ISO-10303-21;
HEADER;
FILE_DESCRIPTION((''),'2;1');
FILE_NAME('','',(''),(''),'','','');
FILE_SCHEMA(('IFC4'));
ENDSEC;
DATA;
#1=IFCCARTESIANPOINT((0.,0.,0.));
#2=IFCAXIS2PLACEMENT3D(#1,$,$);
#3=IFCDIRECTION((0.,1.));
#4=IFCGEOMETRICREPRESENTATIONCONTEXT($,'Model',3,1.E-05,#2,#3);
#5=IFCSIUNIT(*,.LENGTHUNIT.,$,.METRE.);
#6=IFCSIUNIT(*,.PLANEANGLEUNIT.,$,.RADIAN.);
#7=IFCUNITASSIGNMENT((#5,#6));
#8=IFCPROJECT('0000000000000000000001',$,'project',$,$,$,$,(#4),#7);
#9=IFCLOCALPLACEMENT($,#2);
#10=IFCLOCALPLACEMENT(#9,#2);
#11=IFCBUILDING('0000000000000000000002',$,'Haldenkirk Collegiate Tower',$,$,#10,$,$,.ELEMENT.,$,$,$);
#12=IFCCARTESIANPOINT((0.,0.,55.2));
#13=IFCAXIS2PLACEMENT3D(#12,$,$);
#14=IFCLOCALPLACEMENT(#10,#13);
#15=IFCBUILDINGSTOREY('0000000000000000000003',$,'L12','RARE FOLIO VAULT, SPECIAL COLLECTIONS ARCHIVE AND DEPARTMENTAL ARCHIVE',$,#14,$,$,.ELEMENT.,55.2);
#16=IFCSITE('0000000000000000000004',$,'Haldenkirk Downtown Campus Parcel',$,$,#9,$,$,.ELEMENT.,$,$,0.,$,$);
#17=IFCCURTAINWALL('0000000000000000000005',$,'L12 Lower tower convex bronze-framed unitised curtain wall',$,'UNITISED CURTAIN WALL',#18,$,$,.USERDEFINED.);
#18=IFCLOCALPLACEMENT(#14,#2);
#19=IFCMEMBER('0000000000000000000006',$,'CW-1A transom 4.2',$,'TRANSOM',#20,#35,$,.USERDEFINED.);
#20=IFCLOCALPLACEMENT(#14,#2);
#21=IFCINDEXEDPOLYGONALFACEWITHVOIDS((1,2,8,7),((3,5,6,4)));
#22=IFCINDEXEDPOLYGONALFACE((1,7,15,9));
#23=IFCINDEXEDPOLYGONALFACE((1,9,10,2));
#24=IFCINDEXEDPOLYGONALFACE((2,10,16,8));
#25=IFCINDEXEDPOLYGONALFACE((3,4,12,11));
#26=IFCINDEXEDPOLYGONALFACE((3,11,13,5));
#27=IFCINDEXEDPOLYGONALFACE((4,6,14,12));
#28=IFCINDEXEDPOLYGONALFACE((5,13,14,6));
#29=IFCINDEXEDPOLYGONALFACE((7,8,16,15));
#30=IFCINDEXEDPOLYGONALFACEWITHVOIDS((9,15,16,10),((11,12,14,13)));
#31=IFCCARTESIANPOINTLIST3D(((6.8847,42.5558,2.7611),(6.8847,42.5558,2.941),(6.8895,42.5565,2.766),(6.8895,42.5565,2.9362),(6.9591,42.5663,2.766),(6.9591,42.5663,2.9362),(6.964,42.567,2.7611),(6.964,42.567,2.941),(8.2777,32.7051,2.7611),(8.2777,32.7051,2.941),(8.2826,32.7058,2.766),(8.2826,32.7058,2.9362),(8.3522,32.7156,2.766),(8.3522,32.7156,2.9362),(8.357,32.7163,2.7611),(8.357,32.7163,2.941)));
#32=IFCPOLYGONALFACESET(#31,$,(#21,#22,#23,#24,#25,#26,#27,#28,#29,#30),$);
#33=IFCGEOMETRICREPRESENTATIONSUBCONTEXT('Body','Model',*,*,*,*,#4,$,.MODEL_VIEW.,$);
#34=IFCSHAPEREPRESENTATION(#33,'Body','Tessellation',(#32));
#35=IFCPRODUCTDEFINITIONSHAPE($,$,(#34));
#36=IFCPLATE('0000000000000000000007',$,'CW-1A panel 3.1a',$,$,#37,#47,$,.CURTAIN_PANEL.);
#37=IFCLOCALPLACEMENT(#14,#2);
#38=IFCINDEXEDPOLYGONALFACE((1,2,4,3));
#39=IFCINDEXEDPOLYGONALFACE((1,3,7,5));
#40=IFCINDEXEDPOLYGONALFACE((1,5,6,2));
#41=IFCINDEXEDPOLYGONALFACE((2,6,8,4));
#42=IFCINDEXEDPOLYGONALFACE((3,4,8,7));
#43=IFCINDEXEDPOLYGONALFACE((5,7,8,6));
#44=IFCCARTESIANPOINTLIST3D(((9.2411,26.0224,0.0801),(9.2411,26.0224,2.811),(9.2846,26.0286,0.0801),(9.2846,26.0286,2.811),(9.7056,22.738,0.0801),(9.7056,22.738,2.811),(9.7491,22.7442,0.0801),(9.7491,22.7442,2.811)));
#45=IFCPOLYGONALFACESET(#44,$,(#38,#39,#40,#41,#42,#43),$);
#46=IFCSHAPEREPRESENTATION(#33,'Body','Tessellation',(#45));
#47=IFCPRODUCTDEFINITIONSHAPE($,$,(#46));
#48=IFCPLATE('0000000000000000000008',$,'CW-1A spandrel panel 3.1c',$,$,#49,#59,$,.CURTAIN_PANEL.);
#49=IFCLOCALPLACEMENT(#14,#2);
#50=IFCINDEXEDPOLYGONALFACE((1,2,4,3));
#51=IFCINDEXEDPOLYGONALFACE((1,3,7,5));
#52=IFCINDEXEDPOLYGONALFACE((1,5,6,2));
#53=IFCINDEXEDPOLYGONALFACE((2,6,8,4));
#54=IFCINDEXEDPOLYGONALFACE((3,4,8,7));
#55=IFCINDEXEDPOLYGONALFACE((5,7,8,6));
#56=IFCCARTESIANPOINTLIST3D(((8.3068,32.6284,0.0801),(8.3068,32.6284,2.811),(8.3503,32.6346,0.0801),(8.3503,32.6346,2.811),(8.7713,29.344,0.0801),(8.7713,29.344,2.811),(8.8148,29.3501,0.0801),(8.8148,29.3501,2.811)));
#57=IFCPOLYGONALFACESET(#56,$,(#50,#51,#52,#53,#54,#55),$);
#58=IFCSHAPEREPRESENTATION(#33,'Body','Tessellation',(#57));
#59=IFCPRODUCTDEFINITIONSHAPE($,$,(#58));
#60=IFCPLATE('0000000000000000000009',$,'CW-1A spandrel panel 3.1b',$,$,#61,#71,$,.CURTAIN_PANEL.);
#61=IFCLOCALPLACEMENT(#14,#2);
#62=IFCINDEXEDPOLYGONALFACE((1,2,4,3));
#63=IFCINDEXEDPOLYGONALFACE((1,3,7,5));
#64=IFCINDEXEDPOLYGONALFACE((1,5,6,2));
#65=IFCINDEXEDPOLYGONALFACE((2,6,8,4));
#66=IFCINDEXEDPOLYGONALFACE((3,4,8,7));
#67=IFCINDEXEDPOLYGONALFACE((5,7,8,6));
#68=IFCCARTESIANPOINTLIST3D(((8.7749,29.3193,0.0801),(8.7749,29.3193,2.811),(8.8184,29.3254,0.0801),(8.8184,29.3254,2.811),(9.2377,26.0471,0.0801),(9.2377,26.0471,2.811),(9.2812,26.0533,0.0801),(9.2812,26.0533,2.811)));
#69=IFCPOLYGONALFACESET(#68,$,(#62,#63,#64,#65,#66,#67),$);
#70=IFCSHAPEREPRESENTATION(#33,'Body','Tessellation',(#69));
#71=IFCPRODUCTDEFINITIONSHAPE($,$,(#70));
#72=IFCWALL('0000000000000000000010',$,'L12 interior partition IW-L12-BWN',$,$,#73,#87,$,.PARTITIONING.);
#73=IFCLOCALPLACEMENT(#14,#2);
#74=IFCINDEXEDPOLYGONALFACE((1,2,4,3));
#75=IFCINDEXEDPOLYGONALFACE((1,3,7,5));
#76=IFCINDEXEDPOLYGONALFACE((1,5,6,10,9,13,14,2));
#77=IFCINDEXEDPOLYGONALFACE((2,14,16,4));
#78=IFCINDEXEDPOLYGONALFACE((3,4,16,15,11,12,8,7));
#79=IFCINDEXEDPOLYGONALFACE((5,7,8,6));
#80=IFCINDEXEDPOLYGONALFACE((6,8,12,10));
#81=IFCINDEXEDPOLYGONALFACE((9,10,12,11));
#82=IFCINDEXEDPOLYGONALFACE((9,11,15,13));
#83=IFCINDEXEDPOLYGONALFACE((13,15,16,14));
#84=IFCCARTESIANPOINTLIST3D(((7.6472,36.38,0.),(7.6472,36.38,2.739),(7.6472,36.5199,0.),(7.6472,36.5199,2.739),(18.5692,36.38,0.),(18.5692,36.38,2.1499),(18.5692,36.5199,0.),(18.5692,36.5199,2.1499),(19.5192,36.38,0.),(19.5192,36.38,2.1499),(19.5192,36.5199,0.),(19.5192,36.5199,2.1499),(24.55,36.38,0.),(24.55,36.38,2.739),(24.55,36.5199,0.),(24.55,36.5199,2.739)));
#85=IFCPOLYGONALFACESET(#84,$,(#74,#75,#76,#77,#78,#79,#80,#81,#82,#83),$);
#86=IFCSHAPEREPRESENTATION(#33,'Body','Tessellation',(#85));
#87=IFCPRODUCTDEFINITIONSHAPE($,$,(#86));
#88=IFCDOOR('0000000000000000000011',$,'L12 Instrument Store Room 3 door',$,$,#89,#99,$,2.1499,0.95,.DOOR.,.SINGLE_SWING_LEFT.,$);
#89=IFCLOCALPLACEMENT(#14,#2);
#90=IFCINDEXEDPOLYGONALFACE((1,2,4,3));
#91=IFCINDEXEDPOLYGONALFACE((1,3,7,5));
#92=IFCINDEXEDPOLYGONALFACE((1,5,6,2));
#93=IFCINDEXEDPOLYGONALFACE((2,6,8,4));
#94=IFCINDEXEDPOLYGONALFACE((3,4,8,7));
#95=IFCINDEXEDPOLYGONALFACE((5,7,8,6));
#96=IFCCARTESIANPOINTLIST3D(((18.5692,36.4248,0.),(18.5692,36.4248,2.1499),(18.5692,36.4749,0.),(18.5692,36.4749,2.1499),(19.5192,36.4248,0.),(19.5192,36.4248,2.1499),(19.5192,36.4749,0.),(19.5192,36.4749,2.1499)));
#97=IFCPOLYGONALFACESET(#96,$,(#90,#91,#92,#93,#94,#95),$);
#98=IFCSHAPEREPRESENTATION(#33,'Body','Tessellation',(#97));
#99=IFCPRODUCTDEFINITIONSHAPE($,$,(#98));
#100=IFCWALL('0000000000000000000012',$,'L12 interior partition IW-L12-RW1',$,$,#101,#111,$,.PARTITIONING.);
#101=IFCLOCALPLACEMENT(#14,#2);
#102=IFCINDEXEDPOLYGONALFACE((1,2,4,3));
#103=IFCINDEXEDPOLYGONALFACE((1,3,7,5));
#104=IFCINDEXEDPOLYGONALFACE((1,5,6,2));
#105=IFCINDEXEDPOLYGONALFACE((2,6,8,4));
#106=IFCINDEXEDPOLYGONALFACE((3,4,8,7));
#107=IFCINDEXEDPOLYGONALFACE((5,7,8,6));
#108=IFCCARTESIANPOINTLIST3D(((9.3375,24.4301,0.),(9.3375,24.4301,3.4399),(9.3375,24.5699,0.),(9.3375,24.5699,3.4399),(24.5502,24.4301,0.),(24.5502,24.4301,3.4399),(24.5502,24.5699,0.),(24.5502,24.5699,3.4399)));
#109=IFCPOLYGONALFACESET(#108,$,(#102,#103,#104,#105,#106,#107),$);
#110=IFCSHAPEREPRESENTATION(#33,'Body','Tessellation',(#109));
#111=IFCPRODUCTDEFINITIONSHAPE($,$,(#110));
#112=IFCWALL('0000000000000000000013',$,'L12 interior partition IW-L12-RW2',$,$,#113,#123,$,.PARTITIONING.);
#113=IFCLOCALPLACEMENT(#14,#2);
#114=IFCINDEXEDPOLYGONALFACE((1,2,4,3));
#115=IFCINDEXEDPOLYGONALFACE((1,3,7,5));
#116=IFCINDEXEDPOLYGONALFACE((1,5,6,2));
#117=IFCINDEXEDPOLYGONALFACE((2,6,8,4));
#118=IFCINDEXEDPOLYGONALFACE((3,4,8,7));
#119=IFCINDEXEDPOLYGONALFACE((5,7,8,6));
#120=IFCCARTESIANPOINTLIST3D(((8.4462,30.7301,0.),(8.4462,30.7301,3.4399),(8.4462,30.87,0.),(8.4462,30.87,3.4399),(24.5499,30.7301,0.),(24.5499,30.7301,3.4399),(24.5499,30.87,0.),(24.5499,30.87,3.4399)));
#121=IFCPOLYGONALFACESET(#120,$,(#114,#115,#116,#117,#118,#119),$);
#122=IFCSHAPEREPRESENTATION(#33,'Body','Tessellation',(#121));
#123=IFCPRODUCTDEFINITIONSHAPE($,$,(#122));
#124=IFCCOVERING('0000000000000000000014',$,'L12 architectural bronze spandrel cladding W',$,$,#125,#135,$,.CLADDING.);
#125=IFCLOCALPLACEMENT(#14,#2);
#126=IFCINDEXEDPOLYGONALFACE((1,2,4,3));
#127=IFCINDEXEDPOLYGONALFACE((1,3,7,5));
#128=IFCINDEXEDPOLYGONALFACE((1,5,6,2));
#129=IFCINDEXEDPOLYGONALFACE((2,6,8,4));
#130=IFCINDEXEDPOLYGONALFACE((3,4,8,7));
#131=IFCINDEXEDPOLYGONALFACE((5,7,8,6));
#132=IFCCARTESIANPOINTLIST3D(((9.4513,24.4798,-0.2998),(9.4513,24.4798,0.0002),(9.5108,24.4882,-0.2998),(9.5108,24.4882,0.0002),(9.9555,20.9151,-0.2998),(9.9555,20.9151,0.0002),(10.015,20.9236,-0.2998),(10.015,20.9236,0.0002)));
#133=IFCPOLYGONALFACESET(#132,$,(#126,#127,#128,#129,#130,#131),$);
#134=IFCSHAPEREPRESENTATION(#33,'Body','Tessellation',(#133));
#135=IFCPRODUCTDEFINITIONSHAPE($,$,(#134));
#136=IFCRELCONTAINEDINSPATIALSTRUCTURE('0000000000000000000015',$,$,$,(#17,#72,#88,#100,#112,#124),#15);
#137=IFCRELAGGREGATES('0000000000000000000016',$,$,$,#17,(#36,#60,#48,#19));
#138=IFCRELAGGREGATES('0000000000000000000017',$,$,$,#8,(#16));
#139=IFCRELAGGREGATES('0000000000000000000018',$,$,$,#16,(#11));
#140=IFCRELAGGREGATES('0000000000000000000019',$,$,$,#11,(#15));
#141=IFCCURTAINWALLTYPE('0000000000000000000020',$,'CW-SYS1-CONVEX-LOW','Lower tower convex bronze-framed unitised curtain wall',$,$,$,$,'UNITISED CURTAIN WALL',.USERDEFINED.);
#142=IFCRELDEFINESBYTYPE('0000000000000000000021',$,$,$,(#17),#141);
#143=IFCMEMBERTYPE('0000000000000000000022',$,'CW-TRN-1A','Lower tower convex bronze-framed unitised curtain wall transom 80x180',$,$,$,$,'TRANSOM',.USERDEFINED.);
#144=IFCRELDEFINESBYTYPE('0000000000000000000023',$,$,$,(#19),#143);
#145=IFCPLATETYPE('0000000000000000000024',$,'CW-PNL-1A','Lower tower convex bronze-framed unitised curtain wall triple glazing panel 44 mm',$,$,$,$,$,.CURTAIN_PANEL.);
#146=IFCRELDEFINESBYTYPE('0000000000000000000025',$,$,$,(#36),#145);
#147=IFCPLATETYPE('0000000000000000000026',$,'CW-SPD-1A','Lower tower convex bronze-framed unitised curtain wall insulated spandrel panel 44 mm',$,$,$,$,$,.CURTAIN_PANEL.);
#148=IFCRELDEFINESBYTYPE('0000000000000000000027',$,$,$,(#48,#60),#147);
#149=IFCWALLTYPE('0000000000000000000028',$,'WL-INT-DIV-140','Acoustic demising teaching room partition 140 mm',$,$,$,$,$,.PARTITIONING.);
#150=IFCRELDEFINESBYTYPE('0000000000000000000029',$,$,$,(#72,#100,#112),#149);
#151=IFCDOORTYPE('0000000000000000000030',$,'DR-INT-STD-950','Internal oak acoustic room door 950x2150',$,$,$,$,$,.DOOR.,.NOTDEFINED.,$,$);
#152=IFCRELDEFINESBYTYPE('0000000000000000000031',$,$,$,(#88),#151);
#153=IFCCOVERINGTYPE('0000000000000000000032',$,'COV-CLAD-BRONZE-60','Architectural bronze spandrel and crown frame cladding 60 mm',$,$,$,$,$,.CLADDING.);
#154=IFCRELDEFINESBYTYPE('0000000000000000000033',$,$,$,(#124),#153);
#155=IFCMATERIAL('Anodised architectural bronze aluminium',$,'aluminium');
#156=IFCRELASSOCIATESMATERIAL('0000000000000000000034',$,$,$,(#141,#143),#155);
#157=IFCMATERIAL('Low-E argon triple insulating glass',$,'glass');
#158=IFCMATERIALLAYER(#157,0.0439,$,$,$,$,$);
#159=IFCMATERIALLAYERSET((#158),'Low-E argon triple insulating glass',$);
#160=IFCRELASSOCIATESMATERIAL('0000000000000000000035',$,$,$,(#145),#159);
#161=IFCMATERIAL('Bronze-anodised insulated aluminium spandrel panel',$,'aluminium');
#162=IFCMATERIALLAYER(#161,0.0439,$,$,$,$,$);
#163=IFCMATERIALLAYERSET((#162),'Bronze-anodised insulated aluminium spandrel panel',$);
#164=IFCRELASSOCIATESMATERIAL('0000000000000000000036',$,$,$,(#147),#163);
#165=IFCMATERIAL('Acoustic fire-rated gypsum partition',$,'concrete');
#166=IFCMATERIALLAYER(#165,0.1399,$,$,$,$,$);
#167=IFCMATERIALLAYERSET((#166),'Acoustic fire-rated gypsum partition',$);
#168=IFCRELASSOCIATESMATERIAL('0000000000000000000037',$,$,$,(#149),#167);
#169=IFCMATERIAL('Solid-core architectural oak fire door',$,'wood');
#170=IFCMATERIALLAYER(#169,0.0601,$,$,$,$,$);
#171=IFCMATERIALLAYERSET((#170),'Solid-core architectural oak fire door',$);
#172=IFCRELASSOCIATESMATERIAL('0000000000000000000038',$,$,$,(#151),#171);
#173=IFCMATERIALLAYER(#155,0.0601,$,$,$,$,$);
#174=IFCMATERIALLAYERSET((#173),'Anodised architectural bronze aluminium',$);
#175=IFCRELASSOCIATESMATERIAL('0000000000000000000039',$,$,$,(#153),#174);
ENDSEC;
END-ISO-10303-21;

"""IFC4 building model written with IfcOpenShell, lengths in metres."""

from ifc_helpers import new_model, si_unit, direction, frame, frame_2d, origin, origin_2d, place, context, subcontext, project, spatial, rectangle, hollow_rectangle, extrude, source, transform, mapped, material, layer, layer_set, material_profile, profile_set, type_object, element, fill, aggregate, save


model = new_model("IFC4")

# Units and contexts
model_context = context("Model", 3, precision=1e-05, world=origin(), true_north=direction((0.0, 1.0)))
body_context = subcontext(model_context, "Body", "Model", "MODEL_VIEW")
ifc_project = project(units=[si_unit("LENGTHUNIT", "METRE"), si_unit("PLANEANGLEUNIT", "RADIAN")], contexts=[model_context])

# Site, building, storey
site_placement = place(None, origin())
site = spatial("IfcSite", under=ifc_project, at=site_placement, Name="Haldenkirk Downtown Campus Parcel", CompositionType="ELEMENT", RefElevation=0.0)
building_placement = place(site_placement, origin())
building = spatial("IfcBuilding", under=site, at=building_placement, Name="Haldenkirk Collegiate Tower", CompositionType="ELEMENT")
storey_placement = place(building_placement, frame((0.0, 0.0, 55.2)))
storey = spatial("IfcBuildingStorey", under=building, at=storey_placement, Name="L12", Description="RARE FOLIO VAULT, SPECIAL COLLECTIONS ARCHIVE AND DEPARTMENTAL ARCHIVE", CompositionType="ELEMENT", Elevation=55.2)

# Curtain wall, member, plates
ifc_material_1 = material(Name="Anodised architectural bronze aluminium", Category="aluminium")
curtain_wall_type = type_object("IfcCurtainWallType", Name="CW-SYS1-CONVEX-LOW", Description="Lower tower convex bronze-framed unitised curtain wall", ElementType="UNITISED CURTAIN WALL", PredefinedType="USERDEFINED", material=ifc_material_1)
curtain_wall_placement = place(storey_placement, origin())
curtain_wall = element("IfcCurtainWall", 1, at=curtain_wall_placement, inside=storey, type_object=curtain_wall_type, Name="L12 Lower tower convex bronze-framed unitised curtain wall", ObjectType="UNITISED CURTAIN WALL", PredefinedType="USERDEFINED")
ifc_material_profile_1 = material_profile(ifc_material_1, hollow_rectangle(XDim=0.0801, YDim=0.1799, WallThickness=0.0049, at=origin_2d()), Name="CW-TRN-1A")
ifc_profile_set_1 = profile_set([ifc_material_profile_1], Name="Anodised architectural bronze aluminium")
member_type_1 = type_object("IfcMemberType", Name="CW-TRN-1A", Description="Lower tower convex bronze-framed unitised curtain wall transom 80x180", ElementType="TRANSOM", PredefinedType="USERDEFINED", material=ifc_profile_set_1)
member_1_placement = place(storey_placement, frame((8.3174, 32.7107, 2.8511), z_axis=(-0.140023, 0.990148, 0.0), x_axis=(-0.990148, -0.140023, 0.0)))
member_1 = element("IfcMember", 2, at=member_1_placement, type_object=member_type_1, Name="CW-1A transom 4.2", ObjectType="TRANSOM", PredefinedType="USERDEFINED", context=body_context, shape_type="SweptSolid", body=[
    extrude(hollow_rectangle(XDim=0.0801, YDim=0.1799, WallThickness=0.0049, at=origin_2d()), origin(), (0.0, 0.0, 1.0), 9.9487),
])
ifc_material_2 = material(Name="Low-E argon triple insulating glass", Category="glass")
ifc_layer_1 = layer(ifc_material_2, 0.0439)
ifc_layer_set_1 = layer_set([ifc_layer_1], Name="Low-E argon triple insulating glass")
plate_type_1 = type_object("IfcPlateType", Name="CW-PNL-1A", Description="Lower tower convex bronze-framed unitised curtain wall triple glazing panel 44 mm", PredefinedType="CURTAIN_PANEL", material=ifc_layer_set_1)
shared_shape_1 = source(origin(), body_context, "Body", "SweptSolid", [
    extrude(rectangle(XDim=3.3171, YDim=0.0439, at=origin_2d()), origin(), (0.0, 0.0, 1.0), 2.731),
])
plate_1_placement = place(storey_placement, frame((9.4951, 24.3833, 0.0801), z_axis=(0.0, 0.0, 1.0), x_axis=(-0.140039, 0.990146, 0.0)))
plate_1 = element("IfcPlate", 3, at=plate_1_placement, type_object=plate_type_1, Name="CW-1A panel 3.1a", PredefinedType="CURTAIN_PANEL", context=body_context, shape_type="MappedRepresentation", body=[
    mapped(shared_shape_1, transform((0.0, 0.0, 0.0), x_axis=(1.0, 0.0, 0.0), y_axis=(0.0, 1.0, 0.0), z_axis=(0.0, 0.0, 1.0), scale=1.0)),
])
ifc_material_3 = material(Name="Bronze-anodised insulated aluminium spandrel panel", Category="aluminium")
ifc_layer_2 = layer(ifc_material_3, 0.0439)
ifc_layer_set_2 = layer_set([ifc_layer_2], Name="Bronze-anodised insulated aluminium spandrel panel")
plate_type_2 = type_object("IfcPlateType", Name="CW-SPD-1A", Description="Lower tower convex bronze-framed unitised curtain wall insulated spandrel panel 44 mm", PredefinedType="CURTAIN_PANEL", material=ifc_layer_set_2)
plate_2_placement = place(storey_placement, frame((8.5608, 30.9893, 0.0801), z_axis=(0.0, 0.0, 1.0), x_axis=(-0.140039, 0.990146, 0.0)))
plate_2 = element("IfcPlate", 4, at=plate_2_placement, type_object=plate_type_2, Name="CW-1A spandrel panel 3.1c", PredefinedType="CURTAIN_PANEL", context=body_context, shape_type="MappedRepresentation", body=[
    mapped(shared_shape_1, transform((0.0, 0.0, 0.0), x_axis=(1.0, 0.0, 0.0), y_axis=(0.0, 1.0, 0.0), z_axis=(0.0, 0.0, 1.0), scale=1.0)),
])
shared_shape_2 = source(origin(), body_context, "Body", "SweptSolid", [
    extrude(rectangle(XDim=3.3047, YDim=0.0439, at=origin_2d()), origin(), (0.0, 0.0, 1.0), 2.731),
])
plate_3_placement = place(storey_placement, frame((9.0281, 27.6863, 0.0801), z_axis=(0.0, 0.0, 1.0), x_axis=(-0.140039, 0.990146, 0.0)))
plate_3 = element("IfcPlate", 5, at=plate_3_placement, type_object=plate_type_2, Name="CW-1A spandrel panel 3.1b", PredefinedType="CURTAIN_PANEL", context=body_context, shape_type="MappedRepresentation", body=[
    mapped(shared_shape_2, transform((0.0, 0.0, 0.0), x_axis=(1.0, 0.0, 0.0), y_axis=(0.0, 1.0, 0.0), z_axis=(0.0, 0.0, 1.0), scale=1.0)),
])
aggregate(curtain_wall, [plate_1, plate_3, plate_2, member_1])

# Wall, opening, door
ifc_material_4 = material(Name="Acoustic fire-rated gypsum partition", Category="concrete")
ifc_layer_3 = layer(ifc_material_4, 0.1399)
ifc_layer_set_3 = layer_set([ifc_layer_3], Name="Acoustic fire-rated gypsum partition")
wall_type = type_object("IfcWallType", Name="WL-INT-DIV-140", Description="Acoustic demising teaching room partition 140 mm", PredefinedType="PARTITIONING", material=ifc_layer_set_3)
wall_1_placement = place(storey_placement, frame((7.6472, 36.45, 0.0), z_axis=(0.0, 0.0, 1.0), x_axis=(1.0, 0.0, 0.0)))
wall_1 = element("IfcWall", 6, at=wall_1_placement, inside=storey, type_object=wall_type, Name="L12 interior partition IW-L12-BWN", PredefinedType="PARTITIONING", context=body_context, shape_type="SweptSolid", body=[
    extrude(rectangle(XDim=16.9028, YDim=0.1399, at=frame_2d((8.4514, 0.0))), origin(), (0.0, 0.0, 1.0), 2.739),
])
opening_placement = place(wall_1_placement, frame((10.9219, 0.0, 0.0)))
opening = element("IfcOpeningElement", 7, at=opening_placement, cuts=wall_1, PredefinedType="OPENING", context=body_context, shape_type="SweptSolid", body=[
    extrude(rectangle(XDim=0.95, YDim=2.1499, at=frame_2d((0.4751, 1.075))), frame((0.0, 0.0798, 0.0), z_axis=(0.0, -1.0, 0.0), x_axis=(1.0, 0.0, 0.0)), (0.0, 0.0, 1.0), 0.1599),
])
ifc_material_5 = material(Name="Solid-core architectural oak fire door", Category="wood")
ifc_layer_4 = layer(ifc_material_5, 0.0601)
ifc_layer_set_4 = layer_set([ifc_layer_4], Name="Solid-core architectural oak fire door")
door_type = type_object("IfcDoorType", Name="DR-INT-STD-950", Description="Internal oak acoustic room door 950x2150", OperationType="NOTDEFINED", PredefinedType="DOOR", material=ifc_layer_set_4)
door_placement = place(opening_placement, origin())
door = element("IfcDoor", 8, at=door_placement, inside=storey, type_object=door_type, Name="L12 Instrument Store Room 3 door", OperationType="SINGLE_SWING_LEFT", OverallHeight=2.1499, OverallWidth=0.95, PredefinedType="DOOR", context=body_context, shape_type="SweptSolid", body=[
    extrude(rectangle(XDim=0.95, YDim=2.1499, at=frame_2d((0.4751, 1.075))), frame((0.0, 0.0249, 0.0), z_axis=(0.0, -1.0, 0.0), x_axis=(1.0, 0.0, 0.0)), (0.0, 0.0, 1.0), 0.05),
])
fill(opening, door)

# Walls
wall_2_placement = place(storey_placement, frame((9.3374, 24.5, 0.0), z_axis=(0.0, 0.0, 1.0), x_axis=(1.0, 0.0, 0.0)))
element("IfcWall", 9, at=wall_2_placement, inside=storey, type_object=wall_type, Name="L12 interior partition IW-L12-RW1", PredefinedType="PARTITIONING", context=body_context, shape_type="SweptSolid", body=[
    extrude(rectangle(XDim=15.2126, YDim=0.1399, at=frame_2d((7.6064, 0.0))), origin(), (0.0, 0.0, 1.0), 3.4399),
])
wall_3_placement = place(storey_placement, frame((8.4463, 30.8, 0.0), z_axis=(0.0, 0.0, 1.0), x_axis=(1.0, 0.0, 0.0)))
element("IfcWall", 10, at=wall_3_placement, inside=storey, type_object=wall_type, Name="L12 interior partition IW-L12-RW2", PredefinedType="PARTITIONING", context=body_context, shape_type="SweptSolid", body=[
    extrude(rectangle(XDim=16.1038, YDim=0.1399, at=frame_2d((8.0518, 0.0))), origin(), (0.0, 0.0, 1.0), 3.4399),
])

# Covering
ifc_layer_5 = layer(ifc_material_1, 0.0601)
ifc_layer_set_5 = layer_set([ifc_layer_5], Name="Anodised architectural bronze aluminium")
covering_type = type_object("IfcCoveringType", Name="COV-CLAD-BRONZE-60", Description="Architectural bronze spandrel and crown frame cladding 60 mm", PredefinedType="CLADDING", material=ifc_layer_set_5)
shared_shape_3 = source(origin(), body_context, "Body", "SweptSolid", [
    extrude(rectangle(XDim=3.6001, YDim=0.0601, at=origin_2d()), origin(), (0.0, 0.0, 1.0), 0.3),
])
covering_placement = place(storey_placement, frame((9.7332, 22.7017, -0.2998), z_axis=(0.0, 0.0, 1.0), x_axis=(-0.140037, 0.990146, 0.0)))
element("IfcCovering", 11, at=covering_placement, inside=storey, type_object=covering_type, Name="L12 architectural bronze spandrel cladding W", PredefinedType="CLADDING", context=body_context, shape_type="MappedRepresentation", body=[
    mapped(shared_shape_3, transform((0.0, 0.0, 0.0), x_axis=(1.0, 0.0, 0.0), y_axis=(0.0, 1.0, 0.0), z_axis=(0.0, 0.0, 1.0), scale=1.0)),
])

save(model, "model.ifc")
